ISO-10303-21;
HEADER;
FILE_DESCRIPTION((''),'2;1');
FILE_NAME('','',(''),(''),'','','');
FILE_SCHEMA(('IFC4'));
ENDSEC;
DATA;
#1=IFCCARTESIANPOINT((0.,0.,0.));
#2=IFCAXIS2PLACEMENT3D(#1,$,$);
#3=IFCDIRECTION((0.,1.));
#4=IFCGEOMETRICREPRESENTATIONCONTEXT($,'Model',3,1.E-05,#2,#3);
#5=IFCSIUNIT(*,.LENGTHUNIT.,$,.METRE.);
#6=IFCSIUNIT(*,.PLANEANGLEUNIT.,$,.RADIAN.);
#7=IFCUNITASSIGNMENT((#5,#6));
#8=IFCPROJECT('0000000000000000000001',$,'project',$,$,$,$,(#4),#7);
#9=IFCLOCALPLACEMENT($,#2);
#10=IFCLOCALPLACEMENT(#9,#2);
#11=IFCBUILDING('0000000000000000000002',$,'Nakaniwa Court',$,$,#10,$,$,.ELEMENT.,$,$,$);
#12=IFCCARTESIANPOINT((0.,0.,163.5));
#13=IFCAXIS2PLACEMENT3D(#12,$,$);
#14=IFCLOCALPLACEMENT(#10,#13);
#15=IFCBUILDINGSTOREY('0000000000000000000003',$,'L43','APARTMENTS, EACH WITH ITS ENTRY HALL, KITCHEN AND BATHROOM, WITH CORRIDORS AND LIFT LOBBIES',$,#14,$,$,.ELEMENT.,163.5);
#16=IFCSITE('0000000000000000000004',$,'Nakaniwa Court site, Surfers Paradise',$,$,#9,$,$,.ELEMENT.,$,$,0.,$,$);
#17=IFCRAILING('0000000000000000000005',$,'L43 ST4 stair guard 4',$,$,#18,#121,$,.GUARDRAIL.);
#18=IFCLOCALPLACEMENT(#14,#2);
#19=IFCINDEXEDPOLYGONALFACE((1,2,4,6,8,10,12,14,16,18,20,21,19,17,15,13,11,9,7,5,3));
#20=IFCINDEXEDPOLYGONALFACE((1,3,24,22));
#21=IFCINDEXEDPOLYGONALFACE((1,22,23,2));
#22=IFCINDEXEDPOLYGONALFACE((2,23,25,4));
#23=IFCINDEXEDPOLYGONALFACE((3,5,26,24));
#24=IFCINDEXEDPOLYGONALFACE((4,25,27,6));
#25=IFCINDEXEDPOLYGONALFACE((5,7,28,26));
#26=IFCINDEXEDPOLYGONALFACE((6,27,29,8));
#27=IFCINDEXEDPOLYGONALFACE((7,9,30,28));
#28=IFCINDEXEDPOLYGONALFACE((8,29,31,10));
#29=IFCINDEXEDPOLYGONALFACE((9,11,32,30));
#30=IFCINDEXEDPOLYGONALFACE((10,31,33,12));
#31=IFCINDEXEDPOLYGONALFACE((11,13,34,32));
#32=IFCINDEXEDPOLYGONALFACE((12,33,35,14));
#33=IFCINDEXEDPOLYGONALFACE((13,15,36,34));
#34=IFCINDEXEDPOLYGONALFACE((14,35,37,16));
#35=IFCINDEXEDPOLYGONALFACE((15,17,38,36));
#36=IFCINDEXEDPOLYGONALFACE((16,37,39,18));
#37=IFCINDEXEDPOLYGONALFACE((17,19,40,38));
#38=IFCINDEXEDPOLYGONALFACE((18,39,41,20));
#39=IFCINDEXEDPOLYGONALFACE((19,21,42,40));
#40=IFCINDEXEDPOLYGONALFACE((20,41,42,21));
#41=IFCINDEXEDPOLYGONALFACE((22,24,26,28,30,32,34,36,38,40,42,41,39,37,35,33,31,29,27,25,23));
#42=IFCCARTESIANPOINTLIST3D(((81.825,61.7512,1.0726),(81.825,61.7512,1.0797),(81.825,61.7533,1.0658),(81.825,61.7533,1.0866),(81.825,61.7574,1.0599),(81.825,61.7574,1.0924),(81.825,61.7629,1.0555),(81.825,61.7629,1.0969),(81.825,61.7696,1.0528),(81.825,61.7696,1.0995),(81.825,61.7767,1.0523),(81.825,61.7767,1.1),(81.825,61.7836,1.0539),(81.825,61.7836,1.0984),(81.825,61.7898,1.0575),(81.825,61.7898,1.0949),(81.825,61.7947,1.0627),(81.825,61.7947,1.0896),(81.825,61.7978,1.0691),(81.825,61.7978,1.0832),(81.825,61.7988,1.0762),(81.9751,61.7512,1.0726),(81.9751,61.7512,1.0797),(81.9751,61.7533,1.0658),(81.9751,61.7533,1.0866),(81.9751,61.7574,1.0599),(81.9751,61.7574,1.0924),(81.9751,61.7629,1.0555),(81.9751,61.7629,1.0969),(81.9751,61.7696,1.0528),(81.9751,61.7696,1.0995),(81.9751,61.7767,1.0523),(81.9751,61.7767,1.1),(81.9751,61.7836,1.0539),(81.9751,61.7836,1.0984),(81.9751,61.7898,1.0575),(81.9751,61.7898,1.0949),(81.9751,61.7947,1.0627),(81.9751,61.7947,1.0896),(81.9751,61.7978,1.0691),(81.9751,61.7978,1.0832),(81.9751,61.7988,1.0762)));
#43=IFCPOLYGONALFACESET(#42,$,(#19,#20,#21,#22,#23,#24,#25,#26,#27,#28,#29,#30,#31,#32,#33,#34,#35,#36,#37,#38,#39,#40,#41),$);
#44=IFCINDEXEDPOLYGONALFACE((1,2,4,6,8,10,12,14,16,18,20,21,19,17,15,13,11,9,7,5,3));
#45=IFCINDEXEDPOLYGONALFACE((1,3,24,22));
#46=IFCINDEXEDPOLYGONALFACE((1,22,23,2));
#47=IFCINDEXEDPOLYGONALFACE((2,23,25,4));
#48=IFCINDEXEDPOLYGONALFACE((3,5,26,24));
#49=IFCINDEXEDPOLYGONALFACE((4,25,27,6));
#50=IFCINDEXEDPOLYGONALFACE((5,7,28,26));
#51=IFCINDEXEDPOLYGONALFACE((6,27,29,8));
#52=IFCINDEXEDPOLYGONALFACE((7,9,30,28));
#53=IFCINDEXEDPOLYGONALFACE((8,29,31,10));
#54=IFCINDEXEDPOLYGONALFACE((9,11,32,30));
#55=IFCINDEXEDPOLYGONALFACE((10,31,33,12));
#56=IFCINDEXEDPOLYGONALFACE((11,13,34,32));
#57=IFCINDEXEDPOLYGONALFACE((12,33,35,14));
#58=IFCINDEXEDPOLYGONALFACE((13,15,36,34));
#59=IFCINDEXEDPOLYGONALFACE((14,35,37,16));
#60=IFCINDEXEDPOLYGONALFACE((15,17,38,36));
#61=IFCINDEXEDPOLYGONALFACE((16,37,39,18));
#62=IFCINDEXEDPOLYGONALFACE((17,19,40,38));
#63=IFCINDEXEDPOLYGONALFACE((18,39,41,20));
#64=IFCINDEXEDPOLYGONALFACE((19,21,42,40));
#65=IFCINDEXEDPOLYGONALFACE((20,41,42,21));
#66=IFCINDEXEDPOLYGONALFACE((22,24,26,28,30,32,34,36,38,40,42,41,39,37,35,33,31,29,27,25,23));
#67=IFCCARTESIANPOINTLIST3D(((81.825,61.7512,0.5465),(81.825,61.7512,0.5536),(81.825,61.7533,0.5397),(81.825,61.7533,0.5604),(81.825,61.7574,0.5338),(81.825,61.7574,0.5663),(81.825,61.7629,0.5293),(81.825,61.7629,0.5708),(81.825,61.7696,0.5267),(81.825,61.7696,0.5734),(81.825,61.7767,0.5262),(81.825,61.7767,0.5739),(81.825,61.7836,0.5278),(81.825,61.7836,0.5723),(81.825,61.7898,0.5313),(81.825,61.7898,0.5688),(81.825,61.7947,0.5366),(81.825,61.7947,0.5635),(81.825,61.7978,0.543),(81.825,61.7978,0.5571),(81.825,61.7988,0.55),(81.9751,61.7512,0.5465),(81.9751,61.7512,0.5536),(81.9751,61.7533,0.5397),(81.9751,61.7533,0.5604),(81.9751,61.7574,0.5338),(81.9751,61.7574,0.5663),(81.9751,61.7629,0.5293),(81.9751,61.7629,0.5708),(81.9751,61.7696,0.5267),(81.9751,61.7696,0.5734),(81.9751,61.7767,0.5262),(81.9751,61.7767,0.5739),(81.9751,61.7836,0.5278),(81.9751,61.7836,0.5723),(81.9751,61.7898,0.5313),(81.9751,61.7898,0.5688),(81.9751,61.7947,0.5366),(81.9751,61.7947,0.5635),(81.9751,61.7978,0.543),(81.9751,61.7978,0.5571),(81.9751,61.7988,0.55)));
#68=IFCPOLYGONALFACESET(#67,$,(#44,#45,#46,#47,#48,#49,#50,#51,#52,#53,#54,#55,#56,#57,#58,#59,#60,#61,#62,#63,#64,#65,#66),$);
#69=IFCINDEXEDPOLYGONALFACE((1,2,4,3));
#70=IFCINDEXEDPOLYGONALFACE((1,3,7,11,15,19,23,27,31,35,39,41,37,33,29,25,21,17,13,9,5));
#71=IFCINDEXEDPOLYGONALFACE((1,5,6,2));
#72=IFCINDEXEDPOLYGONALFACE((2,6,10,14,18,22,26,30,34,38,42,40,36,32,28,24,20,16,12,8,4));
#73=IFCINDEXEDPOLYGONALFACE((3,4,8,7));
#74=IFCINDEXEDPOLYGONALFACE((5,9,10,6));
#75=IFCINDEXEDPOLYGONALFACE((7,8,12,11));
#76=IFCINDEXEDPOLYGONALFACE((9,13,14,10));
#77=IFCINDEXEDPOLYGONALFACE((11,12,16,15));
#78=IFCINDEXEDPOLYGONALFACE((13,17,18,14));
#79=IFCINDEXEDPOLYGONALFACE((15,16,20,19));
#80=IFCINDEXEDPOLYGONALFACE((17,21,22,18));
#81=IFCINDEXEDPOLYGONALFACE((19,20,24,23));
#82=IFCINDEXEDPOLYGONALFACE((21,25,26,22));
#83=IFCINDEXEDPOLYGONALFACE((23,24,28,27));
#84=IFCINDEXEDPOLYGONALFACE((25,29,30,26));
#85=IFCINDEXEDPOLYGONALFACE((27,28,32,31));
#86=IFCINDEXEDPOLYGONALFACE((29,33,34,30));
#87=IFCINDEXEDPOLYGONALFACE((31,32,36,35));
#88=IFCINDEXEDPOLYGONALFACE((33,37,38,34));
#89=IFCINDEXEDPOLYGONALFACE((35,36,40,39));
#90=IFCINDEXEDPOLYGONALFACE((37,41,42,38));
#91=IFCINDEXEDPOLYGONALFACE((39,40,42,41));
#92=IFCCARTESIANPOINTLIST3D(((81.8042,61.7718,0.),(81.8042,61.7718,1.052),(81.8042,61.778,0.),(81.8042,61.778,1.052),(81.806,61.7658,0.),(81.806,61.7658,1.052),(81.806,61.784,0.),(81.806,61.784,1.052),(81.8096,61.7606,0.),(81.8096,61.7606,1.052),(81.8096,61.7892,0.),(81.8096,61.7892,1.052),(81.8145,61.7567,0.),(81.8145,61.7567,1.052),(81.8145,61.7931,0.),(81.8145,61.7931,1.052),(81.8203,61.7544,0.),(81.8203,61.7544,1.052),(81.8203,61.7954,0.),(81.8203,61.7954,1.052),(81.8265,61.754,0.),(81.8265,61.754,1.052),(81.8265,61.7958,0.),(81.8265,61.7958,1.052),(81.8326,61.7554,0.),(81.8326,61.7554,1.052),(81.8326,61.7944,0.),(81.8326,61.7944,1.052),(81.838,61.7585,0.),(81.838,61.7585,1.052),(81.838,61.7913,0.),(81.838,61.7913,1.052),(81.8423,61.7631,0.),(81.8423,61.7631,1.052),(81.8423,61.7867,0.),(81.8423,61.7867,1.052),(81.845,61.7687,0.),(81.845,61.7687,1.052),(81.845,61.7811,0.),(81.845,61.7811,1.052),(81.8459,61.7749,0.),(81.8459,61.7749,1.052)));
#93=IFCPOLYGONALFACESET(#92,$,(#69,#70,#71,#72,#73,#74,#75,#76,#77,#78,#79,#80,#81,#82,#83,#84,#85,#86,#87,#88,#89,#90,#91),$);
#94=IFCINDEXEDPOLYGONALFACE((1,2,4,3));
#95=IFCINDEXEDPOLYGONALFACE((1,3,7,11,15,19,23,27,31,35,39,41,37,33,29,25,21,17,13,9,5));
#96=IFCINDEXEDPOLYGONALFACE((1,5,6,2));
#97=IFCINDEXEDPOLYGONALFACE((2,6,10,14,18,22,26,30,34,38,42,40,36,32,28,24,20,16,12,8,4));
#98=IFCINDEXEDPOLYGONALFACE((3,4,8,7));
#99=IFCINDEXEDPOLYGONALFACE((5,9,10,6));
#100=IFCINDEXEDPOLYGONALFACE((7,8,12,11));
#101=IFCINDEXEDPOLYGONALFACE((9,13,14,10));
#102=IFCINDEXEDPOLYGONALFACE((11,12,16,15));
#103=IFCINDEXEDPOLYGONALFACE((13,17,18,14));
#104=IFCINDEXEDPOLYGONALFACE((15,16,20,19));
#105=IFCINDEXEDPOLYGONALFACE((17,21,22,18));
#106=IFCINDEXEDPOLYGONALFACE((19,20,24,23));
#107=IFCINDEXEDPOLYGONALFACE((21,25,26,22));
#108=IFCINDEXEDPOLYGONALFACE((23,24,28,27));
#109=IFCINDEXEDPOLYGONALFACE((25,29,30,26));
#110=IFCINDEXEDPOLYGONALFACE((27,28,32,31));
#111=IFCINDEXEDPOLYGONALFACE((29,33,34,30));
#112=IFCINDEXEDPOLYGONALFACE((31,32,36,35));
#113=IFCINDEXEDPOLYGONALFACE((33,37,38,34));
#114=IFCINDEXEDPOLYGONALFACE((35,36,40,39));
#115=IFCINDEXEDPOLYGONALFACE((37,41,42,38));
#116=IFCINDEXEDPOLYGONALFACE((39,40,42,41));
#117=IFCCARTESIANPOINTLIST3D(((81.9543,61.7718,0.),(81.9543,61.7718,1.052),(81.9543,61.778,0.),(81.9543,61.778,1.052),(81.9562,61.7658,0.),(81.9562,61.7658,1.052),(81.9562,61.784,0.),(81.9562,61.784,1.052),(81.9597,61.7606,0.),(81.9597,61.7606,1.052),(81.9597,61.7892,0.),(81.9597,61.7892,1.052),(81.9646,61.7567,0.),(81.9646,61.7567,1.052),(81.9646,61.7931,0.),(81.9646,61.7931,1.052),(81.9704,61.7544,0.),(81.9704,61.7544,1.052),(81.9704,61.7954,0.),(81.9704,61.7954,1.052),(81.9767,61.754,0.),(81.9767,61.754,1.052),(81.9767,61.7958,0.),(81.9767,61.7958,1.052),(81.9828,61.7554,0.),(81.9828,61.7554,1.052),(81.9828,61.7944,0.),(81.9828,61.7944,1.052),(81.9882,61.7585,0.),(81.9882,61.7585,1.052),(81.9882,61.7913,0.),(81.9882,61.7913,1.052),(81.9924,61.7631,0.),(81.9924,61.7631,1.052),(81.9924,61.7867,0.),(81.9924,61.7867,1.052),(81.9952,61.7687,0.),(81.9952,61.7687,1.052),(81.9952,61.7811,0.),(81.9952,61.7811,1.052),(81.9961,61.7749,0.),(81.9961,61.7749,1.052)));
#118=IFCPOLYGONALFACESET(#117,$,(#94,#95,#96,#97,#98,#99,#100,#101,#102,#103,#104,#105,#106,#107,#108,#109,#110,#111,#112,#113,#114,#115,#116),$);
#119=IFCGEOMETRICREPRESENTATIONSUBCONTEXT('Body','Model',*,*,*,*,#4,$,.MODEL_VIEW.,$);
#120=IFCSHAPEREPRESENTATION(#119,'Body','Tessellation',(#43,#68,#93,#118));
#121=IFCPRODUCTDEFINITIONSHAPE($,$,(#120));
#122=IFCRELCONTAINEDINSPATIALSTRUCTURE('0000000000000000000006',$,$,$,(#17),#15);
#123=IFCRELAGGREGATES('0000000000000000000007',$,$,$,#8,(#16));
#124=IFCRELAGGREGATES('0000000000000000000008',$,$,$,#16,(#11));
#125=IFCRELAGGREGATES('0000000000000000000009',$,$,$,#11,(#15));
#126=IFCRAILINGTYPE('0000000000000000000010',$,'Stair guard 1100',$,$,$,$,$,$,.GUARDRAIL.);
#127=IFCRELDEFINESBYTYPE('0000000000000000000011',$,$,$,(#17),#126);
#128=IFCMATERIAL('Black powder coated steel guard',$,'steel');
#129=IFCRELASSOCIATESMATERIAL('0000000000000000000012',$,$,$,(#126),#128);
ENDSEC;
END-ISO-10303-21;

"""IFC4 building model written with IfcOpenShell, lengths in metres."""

from ifc_helpers import new_model, si_unit, direction, frame, origin, origin_2d, place, context, subcontext, project, spatial, circle, extrude, material, type_object, element, save


model = new_model("IFC4")

# Units and contexts
model_context = context("Model", 3, precision=1e-05, world=origin(), true_north=direction((0.0, 1.0)))
body_context = subcontext(model_context, "Body", "Model", "MODEL_VIEW")
ifc_project = project(units=[si_unit("LENGTHUNIT", "METRE"), si_unit("PLANEANGLEUNIT", "RADIAN")], contexts=[model_context])

# Site, building, storey
site_placement = place(None, origin())
site = spatial("IfcSite", under=ifc_project, at=site_placement, Name="Nakaniwa Court site, Surfers Paradise", CompositionType="ELEMENT", RefElevation=0.0)
building_placement = place(site_placement, origin())
building = spatial("IfcBuilding", under=site, at=building_placement, Name="Nakaniwa Court", CompositionType="ELEMENT")
storey_placement = place(building_placement, frame((0.0, 0.0, 163.5)))
storey = spatial("IfcBuildingStorey", under=building, at=storey_placement, Name="L43", Description="APARTMENTS, EACH WITH ITS ENTRY HALL, KITCHEN AND BATHROOM, WITH CORRIDORS AND LIFT LOBBIES", CompositionType="ELEMENT", Elevation=163.5)

# Railing
ifc_material_1 = material(Name="Black powder coated steel guard", Category="steel")
railing_type_1 = type_object("IfcRailingType", Name="Stair guard 1100", PredefinedType="GUARDRAIL", material=ifc_material_1)
railing_1_placement = place(storey_placement, frame((81.825, 61.7749, 0.0)))
element("IfcRailing", 1, at=railing_1_placement, inside=storey, type_object=railing_type_1, Name="L43 ST4 stair guard 4", PredefinedType="GUARDRAIL", context=body_context, shape_type="SweptSolid", body=[
    extrude(circle(Radius=0.0239, at=origin_2d()), frame((0.0, 0.0, 1.0762), z_axis=(1.0, 0.0, 0.0), x_axis=(0.0, 1.0, 0.0)), (0.0, 0.0, 1.0), 0.1501),
    extrude(circle(Radius=0.0239, at=origin_2d()), frame((0.0, 0.0, 0.55), z_axis=(1.0, 0.0, 0.0), x_axis=(0.0, 1.0, 0.0)), (0.0, 0.0, 1.0), 0.1501),
    extrude(circle(Radius=0.021, at=origin_2d()), origin(), (0.0, 0.0, 1.0), 1.052),
    extrude(circle(Radius=0.021, at=origin_2d()), frame((0.1501, 0.0, 0.0)), (0.0, 0.0, 1.0), 1.052),
])

save(model, "model.ifc")
